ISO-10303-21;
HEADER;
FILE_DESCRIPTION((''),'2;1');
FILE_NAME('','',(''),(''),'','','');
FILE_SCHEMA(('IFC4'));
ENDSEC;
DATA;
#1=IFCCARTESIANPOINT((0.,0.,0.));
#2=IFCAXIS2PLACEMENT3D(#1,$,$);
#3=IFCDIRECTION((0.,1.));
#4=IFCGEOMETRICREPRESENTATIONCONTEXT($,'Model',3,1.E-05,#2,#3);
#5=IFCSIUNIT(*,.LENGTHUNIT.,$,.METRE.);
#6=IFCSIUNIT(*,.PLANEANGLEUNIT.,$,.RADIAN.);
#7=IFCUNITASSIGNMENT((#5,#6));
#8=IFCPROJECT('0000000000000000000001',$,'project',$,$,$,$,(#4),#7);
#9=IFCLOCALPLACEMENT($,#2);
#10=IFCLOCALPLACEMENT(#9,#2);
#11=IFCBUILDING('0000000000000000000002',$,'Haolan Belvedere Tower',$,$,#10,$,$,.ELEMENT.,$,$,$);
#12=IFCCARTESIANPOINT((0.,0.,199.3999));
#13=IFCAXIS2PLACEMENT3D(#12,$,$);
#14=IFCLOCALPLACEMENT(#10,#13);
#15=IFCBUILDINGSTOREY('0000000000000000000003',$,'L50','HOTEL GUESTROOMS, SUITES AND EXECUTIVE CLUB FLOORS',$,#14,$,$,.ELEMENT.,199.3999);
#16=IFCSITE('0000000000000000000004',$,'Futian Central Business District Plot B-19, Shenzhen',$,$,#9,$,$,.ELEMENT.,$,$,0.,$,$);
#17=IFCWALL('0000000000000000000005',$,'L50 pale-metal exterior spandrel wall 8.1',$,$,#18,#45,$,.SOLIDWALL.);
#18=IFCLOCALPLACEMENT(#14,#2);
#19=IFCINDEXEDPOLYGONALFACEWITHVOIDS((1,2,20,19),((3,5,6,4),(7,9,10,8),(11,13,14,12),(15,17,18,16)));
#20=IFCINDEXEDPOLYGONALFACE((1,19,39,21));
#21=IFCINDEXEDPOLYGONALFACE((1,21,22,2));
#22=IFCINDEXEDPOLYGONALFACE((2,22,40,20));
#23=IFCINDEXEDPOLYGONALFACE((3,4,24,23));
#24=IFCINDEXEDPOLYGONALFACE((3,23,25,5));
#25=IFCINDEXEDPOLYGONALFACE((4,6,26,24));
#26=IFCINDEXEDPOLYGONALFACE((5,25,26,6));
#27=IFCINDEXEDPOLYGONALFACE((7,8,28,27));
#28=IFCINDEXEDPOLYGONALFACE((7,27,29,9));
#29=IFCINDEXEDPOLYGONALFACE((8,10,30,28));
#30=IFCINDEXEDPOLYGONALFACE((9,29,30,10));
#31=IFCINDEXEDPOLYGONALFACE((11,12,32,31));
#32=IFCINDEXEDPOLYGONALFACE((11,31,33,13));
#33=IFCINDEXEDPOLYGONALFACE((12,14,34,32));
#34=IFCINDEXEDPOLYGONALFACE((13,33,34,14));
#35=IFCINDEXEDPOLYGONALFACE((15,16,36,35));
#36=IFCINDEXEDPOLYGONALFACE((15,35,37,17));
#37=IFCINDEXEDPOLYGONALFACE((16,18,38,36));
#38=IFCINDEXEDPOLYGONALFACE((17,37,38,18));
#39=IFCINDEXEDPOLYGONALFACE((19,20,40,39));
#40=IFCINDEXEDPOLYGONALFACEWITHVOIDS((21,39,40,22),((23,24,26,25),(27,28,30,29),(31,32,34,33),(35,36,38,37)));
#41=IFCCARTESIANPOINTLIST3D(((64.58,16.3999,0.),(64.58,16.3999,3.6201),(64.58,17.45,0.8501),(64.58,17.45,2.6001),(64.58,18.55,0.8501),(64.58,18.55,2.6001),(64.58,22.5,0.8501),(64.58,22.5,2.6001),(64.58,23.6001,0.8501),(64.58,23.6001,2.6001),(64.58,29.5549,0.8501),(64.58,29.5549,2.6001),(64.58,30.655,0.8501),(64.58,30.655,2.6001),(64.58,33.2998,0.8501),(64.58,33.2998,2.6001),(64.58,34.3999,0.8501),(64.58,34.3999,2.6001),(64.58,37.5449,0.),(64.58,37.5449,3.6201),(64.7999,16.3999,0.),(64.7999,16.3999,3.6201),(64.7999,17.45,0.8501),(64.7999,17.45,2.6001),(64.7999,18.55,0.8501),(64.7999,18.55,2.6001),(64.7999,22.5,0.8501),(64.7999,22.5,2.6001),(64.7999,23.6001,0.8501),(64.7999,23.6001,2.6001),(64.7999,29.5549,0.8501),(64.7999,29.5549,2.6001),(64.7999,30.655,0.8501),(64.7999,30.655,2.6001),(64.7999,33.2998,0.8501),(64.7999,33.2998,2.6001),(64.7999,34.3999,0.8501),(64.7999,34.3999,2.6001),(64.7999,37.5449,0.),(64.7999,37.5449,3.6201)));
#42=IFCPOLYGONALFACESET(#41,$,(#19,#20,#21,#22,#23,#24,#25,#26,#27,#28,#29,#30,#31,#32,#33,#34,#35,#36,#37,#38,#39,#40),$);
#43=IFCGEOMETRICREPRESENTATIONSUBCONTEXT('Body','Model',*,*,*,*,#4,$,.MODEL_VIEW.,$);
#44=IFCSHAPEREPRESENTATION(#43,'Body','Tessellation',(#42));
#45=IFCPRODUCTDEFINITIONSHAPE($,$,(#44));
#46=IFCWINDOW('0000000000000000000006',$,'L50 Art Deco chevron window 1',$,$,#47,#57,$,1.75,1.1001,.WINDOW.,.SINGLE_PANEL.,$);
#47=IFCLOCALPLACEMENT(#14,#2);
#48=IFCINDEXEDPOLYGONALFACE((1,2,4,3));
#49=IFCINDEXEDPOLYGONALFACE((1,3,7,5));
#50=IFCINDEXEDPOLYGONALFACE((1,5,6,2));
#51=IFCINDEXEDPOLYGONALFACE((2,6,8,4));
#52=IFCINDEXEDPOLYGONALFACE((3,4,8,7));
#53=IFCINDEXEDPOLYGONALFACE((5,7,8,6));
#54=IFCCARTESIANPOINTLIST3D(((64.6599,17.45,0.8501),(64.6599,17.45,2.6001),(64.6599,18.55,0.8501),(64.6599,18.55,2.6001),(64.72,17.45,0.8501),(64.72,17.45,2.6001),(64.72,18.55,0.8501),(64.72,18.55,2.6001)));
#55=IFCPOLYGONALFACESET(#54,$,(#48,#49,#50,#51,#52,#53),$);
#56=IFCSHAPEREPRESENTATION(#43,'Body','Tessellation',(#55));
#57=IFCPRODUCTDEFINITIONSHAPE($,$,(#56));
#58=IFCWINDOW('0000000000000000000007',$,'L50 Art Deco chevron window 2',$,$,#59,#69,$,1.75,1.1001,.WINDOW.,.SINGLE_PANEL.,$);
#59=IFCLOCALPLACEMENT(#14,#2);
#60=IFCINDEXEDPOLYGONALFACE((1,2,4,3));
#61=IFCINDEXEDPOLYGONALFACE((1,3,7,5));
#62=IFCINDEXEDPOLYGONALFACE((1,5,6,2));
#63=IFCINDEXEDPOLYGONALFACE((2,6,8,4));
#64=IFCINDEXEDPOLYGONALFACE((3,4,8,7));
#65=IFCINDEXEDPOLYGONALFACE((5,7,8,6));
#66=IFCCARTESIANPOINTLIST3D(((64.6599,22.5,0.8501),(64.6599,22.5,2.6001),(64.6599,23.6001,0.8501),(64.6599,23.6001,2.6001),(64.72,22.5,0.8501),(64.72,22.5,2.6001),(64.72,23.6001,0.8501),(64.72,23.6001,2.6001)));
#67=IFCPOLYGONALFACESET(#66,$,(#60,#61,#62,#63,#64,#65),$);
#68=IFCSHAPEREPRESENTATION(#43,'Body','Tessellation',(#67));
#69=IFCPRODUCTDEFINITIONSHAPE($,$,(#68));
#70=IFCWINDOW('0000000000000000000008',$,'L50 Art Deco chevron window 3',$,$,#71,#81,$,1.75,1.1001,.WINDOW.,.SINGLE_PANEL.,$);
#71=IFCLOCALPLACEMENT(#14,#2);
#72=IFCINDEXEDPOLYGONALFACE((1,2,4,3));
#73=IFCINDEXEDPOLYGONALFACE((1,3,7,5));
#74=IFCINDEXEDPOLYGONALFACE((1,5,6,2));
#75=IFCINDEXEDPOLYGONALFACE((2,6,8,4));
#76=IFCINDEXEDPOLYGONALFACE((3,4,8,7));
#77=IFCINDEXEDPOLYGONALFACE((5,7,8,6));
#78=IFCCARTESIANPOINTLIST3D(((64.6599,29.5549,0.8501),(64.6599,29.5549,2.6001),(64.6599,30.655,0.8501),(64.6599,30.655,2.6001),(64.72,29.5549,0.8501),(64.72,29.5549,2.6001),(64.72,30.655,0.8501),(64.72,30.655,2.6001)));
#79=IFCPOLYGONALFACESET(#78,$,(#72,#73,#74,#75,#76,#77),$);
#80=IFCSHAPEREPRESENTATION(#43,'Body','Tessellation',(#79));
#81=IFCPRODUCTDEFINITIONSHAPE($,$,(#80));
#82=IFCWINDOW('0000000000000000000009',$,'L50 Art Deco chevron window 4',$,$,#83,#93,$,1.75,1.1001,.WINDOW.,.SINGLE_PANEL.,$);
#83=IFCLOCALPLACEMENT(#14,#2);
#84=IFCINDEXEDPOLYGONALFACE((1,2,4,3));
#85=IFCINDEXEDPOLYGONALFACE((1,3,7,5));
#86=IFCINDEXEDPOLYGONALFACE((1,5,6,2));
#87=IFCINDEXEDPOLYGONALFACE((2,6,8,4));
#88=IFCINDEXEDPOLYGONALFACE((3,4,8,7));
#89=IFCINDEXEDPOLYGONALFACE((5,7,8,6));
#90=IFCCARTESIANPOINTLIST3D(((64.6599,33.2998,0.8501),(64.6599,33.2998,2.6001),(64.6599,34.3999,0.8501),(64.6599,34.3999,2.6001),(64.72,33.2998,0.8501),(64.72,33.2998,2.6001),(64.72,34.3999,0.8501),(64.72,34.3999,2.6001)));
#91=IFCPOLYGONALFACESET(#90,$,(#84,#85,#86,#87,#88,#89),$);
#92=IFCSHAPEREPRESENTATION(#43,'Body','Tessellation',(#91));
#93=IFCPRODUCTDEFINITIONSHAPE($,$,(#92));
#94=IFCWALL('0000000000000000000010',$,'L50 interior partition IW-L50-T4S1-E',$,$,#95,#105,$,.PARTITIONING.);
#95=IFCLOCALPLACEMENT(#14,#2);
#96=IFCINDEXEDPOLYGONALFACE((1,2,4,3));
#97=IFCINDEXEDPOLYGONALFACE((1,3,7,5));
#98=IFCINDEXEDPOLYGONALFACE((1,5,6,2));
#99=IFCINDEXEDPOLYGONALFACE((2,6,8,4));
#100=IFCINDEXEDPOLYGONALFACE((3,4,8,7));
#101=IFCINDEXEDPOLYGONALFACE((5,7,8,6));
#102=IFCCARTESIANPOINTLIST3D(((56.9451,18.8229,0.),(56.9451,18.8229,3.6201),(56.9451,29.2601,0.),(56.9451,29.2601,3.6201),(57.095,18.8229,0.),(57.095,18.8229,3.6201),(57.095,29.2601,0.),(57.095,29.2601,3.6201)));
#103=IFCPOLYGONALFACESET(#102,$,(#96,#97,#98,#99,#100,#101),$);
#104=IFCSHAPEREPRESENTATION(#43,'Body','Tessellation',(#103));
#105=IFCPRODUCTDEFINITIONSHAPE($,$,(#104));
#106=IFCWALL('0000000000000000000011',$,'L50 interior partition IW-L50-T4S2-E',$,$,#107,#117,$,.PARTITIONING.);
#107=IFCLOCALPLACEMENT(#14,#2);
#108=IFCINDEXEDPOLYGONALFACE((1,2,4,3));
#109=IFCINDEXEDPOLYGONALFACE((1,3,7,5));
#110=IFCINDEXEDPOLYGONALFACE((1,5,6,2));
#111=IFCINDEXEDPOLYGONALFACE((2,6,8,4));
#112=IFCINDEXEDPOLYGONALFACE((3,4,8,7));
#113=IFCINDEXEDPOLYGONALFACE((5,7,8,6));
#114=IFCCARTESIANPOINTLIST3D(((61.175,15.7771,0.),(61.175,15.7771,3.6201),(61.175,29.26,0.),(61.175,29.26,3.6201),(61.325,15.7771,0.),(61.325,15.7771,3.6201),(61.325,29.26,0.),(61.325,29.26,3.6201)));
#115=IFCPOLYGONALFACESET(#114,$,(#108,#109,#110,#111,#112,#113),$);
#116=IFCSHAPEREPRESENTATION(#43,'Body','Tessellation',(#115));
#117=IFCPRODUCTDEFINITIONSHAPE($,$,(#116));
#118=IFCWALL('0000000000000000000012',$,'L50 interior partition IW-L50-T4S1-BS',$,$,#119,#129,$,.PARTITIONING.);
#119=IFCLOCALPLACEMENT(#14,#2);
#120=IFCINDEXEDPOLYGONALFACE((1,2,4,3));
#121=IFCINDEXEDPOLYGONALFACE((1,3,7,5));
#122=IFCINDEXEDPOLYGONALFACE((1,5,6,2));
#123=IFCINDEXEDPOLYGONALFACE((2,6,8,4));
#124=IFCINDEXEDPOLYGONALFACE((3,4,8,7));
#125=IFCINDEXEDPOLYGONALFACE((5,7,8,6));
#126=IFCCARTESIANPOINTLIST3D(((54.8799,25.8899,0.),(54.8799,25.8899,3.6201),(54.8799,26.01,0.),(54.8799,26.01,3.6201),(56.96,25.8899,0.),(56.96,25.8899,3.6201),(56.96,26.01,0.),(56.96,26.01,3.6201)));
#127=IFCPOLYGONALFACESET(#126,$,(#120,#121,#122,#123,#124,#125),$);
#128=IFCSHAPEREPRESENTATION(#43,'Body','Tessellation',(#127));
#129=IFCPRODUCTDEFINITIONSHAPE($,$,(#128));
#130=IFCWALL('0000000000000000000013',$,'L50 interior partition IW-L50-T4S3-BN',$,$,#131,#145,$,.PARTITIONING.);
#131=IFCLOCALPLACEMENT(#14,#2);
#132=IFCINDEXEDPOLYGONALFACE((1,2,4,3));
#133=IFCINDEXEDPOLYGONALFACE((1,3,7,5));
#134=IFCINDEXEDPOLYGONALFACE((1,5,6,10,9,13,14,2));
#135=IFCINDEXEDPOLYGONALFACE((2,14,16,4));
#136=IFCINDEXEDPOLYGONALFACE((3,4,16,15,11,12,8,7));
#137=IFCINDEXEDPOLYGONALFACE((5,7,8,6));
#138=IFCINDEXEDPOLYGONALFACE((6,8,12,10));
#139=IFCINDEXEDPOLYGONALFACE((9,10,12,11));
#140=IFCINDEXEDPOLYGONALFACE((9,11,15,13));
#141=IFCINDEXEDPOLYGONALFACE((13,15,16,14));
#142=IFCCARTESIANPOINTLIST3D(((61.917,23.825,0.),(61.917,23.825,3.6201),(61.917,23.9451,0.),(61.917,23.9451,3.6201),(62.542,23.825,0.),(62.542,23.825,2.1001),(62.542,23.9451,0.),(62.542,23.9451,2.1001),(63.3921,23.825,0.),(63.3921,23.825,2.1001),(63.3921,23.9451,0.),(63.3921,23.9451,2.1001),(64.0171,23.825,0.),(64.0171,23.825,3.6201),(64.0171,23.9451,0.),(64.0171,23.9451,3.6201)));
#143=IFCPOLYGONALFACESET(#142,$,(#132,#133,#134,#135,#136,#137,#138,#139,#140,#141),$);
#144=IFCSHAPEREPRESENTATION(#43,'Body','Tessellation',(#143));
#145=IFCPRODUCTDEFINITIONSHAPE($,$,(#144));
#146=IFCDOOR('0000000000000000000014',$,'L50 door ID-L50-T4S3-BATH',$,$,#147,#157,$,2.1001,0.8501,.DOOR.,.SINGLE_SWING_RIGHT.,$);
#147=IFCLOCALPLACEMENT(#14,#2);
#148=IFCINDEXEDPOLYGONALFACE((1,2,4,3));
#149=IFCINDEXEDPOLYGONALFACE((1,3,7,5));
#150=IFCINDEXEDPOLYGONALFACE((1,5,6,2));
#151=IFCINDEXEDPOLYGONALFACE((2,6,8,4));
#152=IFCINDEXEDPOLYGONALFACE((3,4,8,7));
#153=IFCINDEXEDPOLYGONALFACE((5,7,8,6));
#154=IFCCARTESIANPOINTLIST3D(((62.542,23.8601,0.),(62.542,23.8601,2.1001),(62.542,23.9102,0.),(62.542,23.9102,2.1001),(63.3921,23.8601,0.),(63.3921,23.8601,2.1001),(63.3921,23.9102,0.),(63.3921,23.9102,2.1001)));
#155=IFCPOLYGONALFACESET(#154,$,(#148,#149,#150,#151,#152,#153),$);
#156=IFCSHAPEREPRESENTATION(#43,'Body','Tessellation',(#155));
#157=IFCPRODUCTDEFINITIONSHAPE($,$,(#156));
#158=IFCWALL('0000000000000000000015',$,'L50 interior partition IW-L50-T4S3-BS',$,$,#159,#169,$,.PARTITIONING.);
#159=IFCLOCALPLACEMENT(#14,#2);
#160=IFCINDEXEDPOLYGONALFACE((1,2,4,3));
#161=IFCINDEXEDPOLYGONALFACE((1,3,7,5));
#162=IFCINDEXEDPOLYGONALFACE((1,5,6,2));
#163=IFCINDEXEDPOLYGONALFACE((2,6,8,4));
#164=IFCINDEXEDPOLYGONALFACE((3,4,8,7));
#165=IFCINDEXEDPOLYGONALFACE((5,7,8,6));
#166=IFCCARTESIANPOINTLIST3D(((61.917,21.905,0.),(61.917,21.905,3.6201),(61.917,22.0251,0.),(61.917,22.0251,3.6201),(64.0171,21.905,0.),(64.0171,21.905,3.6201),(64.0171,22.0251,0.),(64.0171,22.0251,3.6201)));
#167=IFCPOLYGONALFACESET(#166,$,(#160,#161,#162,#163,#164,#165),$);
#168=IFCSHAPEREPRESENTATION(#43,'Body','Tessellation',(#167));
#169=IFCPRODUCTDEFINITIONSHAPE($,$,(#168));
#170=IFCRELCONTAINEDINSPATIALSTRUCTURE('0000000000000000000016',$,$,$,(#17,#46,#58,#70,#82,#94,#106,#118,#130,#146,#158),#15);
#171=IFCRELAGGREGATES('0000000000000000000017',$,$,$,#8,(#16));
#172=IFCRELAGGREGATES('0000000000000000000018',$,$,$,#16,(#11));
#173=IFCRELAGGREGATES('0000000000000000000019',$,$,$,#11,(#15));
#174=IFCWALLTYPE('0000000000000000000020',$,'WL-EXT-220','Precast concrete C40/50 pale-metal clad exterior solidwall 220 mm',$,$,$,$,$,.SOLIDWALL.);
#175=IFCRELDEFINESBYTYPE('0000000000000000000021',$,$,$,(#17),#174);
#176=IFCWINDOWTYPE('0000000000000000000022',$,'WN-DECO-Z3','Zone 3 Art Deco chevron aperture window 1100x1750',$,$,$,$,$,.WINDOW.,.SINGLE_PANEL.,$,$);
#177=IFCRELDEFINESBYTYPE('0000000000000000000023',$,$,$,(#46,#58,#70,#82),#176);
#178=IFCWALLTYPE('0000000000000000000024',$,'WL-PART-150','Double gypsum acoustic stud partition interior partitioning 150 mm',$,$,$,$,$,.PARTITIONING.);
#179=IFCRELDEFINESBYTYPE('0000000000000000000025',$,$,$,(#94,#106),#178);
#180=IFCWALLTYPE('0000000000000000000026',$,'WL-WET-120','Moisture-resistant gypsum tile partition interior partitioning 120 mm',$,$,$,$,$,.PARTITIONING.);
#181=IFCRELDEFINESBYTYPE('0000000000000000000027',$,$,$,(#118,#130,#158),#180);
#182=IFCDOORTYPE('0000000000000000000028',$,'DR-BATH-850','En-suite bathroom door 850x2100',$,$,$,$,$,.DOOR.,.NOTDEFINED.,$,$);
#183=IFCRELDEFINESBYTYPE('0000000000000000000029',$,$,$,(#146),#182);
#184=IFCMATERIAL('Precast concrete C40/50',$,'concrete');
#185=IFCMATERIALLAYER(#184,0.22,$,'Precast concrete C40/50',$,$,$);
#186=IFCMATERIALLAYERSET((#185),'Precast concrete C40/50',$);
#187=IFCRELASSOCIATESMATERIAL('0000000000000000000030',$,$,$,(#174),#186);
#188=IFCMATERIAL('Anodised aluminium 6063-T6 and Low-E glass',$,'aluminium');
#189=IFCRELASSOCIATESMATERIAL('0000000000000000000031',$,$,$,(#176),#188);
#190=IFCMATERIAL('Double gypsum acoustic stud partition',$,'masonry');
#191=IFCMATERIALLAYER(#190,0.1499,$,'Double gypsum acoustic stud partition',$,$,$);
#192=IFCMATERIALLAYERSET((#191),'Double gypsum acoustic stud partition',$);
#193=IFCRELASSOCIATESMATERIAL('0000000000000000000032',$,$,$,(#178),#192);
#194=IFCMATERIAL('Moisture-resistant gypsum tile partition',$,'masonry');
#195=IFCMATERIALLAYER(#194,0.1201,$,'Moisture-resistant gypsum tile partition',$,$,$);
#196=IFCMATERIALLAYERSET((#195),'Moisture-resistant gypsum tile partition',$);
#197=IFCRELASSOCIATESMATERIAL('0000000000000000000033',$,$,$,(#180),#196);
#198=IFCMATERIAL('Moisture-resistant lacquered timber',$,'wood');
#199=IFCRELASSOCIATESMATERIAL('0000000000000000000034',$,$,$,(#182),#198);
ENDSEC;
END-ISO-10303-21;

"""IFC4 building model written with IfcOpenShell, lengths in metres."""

from ifc_helpers import new_model, si_unit, direction, frame, frame_2d, origin, place, context, subcontext, project, spatial, rectangle, extrude, material, layer, layer_set, type_object, element, fill, save


model = new_model("IFC4")

# Units and contexts
model_context = context("Model", 3, precision=1e-05, world=origin(), true_north=direction((0.0, 1.0)))
body_context = subcontext(model_context, "Body", "Model", "MODEL_VIEW")
ifc_project = project(units=[si_unit("LENGTHUNIT", "METRE"), si_unit("PLANEANGLEUNIT", "RADIAN")], contexts=[model_context])

# Site, building, storey
site_placement = place(None, origin())
site = spatial("IfcSite", under=ifc_project, at=site_placement, Name="Futian Central Business District Plot B-19, Shenzhen", CompositionType="ELEMENT", RefElevation=0.0)
building_placement = place(site_placement, origin())
building = spatial("IfcBuilding", under=site, at=building_placement, Name="Haolan Belvedere Tower", CompositionType="ELEMENT")
storey_placement = place(building_placement, frame((0.0, 0.0, 199.3999)))
storey = spatial("IfcBuildingStorey", under=building, at=storey_placement, Name="L50", Description="HOTEL GUESTROOMS, SUITES AND EXECUTIVE CLUB FLOORS", CompositionType="ELEMENT", Elevation=199.3999)

# Shared definitions
ifc_material_1 = material(Name="Precast concrete C40/50", Category="concrete")
ifc_layer_1 = layer(ifc_material_1, 0.22, Name="Precast concrete C40/50")
ifc_layer_set_1 = layer_set([ifc_layer_1], Name="Precast concrete C40/50")
wall_type_1 = type_object("IfcWallType", Name="WL-EXT-220", Description="Precast concrete C40/50 pale-metal clad exterior solidwall 220 mm", PredefinedType="SOLIDWALL", material=ifc_layer_set_1)
ifc_material_2 = material(Name="Anodised aluminium 6063-T6 and Low-E glass", Category="aluminium")
window_type = type_object("IfcWindowType", Name="WN-DECO-Z3", Description="Zone 3 Art Deco chevron aperture window 1100x1750", PartitioningType="SINGLE_PANEL", PredefinedType="WINDOW", material=ifc_material_2)

# Wall, openings, windows
wall_1_placement = place(storey_placement, frame((64.6899, 16.3999, 0.0), z_axis=(0.0, 0.0, 1.0), x_axis=(0.0, 1.0, 0.0)))
wall_1 = element("IfcWall", 1, at=wall_1_placement, inside=storey, type_object=wall_type_1, Name="L50 pale-metal exterior spandrel wall 8.1", PredefinedType="SOLIDWALL", context=body_context, shape_type="SweptSolid", body=[
    extrude(rectangle(XDim=21.145, YDim=0.22, at=frame_2d((10.5725, 0.0))), origin(), (0.0, 0.0, 1.0), 3.6201),
])
opening_1_placement = place(wall_1_placement, frame((1.05, 0.0, 0.8501)))
opening_1 = element("IfcOpeningElement", 2, at=opening_1_placement, cuts=wall_1, PredefinedType="OPENING", context=body_context, shape_type="SweptSolid", body=[
    extrude(rectangle(XDim=1.1001, YDim=1.75, at=frame_2d((0.55, 0.875))), frame((0.0, 0.1199, 0.0), z_axis=(0.0, -1.0, 0.0), x_axis=(1.0, 0.0, 0.0)), (0.0, 0.0, 1.0), 0.24),
])
opening_2_placement = place(wall_1_placement, frame((6.1001, 0.0, 0.8501)))
opening_2 = element("IfcOpeningElement", 3, at=opening_2_placement, cuts=wall_1, PredefinedType="OPENING", context=body_context, shape_type="SweptSolid", body=[
    extrude(rectangle(XDim=1.1001, YDim=1.75, at=frame_2d((0.55, 0.875))), frame((0.0, 0.1199, 0.0), z_axis=(0.0, -1.0, 0.0), x_axis=(1.0, 0.0, 0.0)), (0.0, 0.0, 1.0), 0.24),
])
opening_3_placement = place(wall_1_placement, frame((13.155, 0.0, 0.8501)))
opening_3 = element("IfcOpeningElement", 4, at=opening_3_placement, cuts=wall_1, PredefinedType="OPENING", context=body_context, shape_type="SweptSolid", body=[
    extrude(rectangle(XDim=1.1001, YDim=1.75, at=frame_2d((0.55, 0.875))), frame((0.0, 0.1199, 0.0), z_axis=(0.0, -1.0, 0.0), x_axis=(1.0, 0.0, 0.0)), (0.0, 0.0, 1.0), 0.24),
])
opening_4_placement = place(wall_1_placement, frame((16.8999, 0.0, 0.8501)))
opening_4 = element("IfcOpeningElement", 5, at=opening_4_placement, cuts=wall_1, PredefinedType="OPENING", context=body_context, shape_type="SweptSolid", body=[
    extrude(rectangle(XDim=1.1001, YDim=1.75, at=frame_2d((0.55, 0.875))), frame((0.0, 0.1199, 0.0), z_axis=(0.0, -1.0, 0.0), x_axis=(1.0, 0.0, 0.0)), (0.0, 0.0, 1.0), 0.24),
])
window_1_placement = place(opening_1_placement, origin())
window_1 = element("IfcWindow", 6, at=window_1_placement, inside=storey, type_object=window_type, Name="L50 Art Deco chevron window 1", OverallHeight=1.75, OverallWidth=1.1001, PartitioningType="SINGLE_PANEL", PredefinedType="WINDOW", context=body_context, shape_type="SweptSolid", body=[
    extrude(rectangle(XDim=1.1001, YDim=1.75, at=frame_2d((0.55, 0.875))), frame((0.0, 0.03, 0.0), z_axis=(0.0, -1.0, 0.0), x_axis=(1.0, 0.0, 0.0)), (0.0, 0.0, 1.0), 0.0601),
])
fill(opening_1, window_1)
window_2_placement = place(opening_2_placement, origin())
window_2 = element("IfcWindow", 7, at=window_2_placement, inside=storey, type_object=window_type, Name="L50 Art Deco chevron window 2", OverallHeight=1.75, OverallWidth=1.1001, PartitioningType="SINGLE_PANEL", PredefinedType="WINDOW", context=body_context, shape_type="SweptSolid", body=[
    extrude(rectangle(XDim=1.1001, YDim=1.75, at=frame_2d((0.55, 0.875))), frame((0.0, 0.03, 0.0), z_axis=(0.0, -1.0, 0.0), x_axis=(1.0, 0.0, 0.0)), (0.0, 0.0, 1.0), 0.0601),
])
fill(opening_2, window_2)
window_3_placement = place(opening_3_placement, origin())
window_3 = element("IfcWindow", 8, at=window_3_placement, inside=storey, type_object=window_type, Name="L50 Art Deco chevron window 3", OverallHeight=1.75, OverallWidth=1.1001, PartitioningType="SINGLE_PANEL", PredefinedType="WINDOW", context=body_context, shape_type="SweptSolid", body=[
    extrude(rectangle(XDim=1.1001, YDim=1.75, at=frame_2d((0.55, 0.875))), frame((0.0, 0.03, 0.0), z_axis=(0.0, -1.0, 0.0), x_axis=(1.0, 0.0, 0.0)), (0.0, 0.0, 1.0), 0.0601),
])
fill(opening_3, window_3)
window_4_placement = place(opening_4_placement, origin())
window_4 = element("IfcWindow", 9, at=window_4_placement, inside=storey, type_object=window_type, Name="L50 Art Deco chevron window 4", OverallHeight=1.75, OverallWidth=1.1001, PartitioningType="SINGLE_PANEL", PredefinedType="WINDOW", context=body_context, shape_type="SweptSolid", body=[
    extrude(rectangle(XDim=1.1001, YDim=1.75, at=frame_2d((0.55, 0.875))), frame((0.0, 0.03, 0.0), z_axis=(0.0, -1.0, 0.0), x_axis=(1.0, 0.0, 0.0)), (0.0, 0.0, 1.0), 0.0601),
])
fill(opening_4, window_4)

# Walls
ifc_material_3 = material(Name="Double gypsum acoustic stud partition", Category="masonry")
ifc_layer_2 = layer(ifc_material_3, 0.1499, Name="Double gypsum acoustic stud partition")
ifc_layer_set_2 = layer_set([ifc_layer_2], Name="Double gypsum acoustic stud partition")
wall_type_2 = type_object("IfcWallType", Name="WL-PART-150", Description="Double gypsum acoustic stud partition interior partitioning 150 mm", PredefinedType="PARTITIONING", material=ifc_layer_set_2)
wall_2_placement = place(storey_placement, frame((57.02, 18.8228, 0.0), z_axis=(0.0, 0.0, 1.0), x_axis=(0.0, 1.0, 0.0)))
element("IfcWall", 10, at=wall_2_placement, inside=storey, type_object=wall_type_2, Name="L50 interior partition IW-L50-T4S1-E", PredefinedType="PARTITIONING", context=body_context, shape_type="SweptSolid", body=[
    extrude(rectangle(XDim=10.4373, YDim=0.1499, at=frame_2d((5.2188, 0.0))), origin(), (0.0, 0.0, 1.0), 3.6201),
])
wall_3_placement = place(storey_placement, frame((61.25, 15.7771, 0.0), z_axis=(0.0, 0.0, 1.0), x_axis=(0.0, 1.0, 0.0)))
element("IfcWall", 11, at=wall_3_placement, inside=storey, type_object=wall_type_2, Name="L50 interior partition IW-L50-T4S2-E", PredefinedType="PARTITIONING", context=body_context, shape_type="SweptSolid", body=[
    extrude(rectangle(XDim=13.4829, YDim=0.1499, at=frame_2d((6.7415, 0.0))), origin(), (0.0, 0.0, 1.0), 3.6201),
])
ifc_material_4 = material(Name="Moisture-resistant gypsum tile partition", Category="masonry")
ifc_layer_3 = layer(ifc_material_4, 0.1201, Name="Moisture-resistant gypsum tile partition")
ifc_layer_set_3 = layer_set([ifc_layer_3], Name="Moisture-resistant gypsum tile partition")
wall_type_3 = type_object("IfcWallType", Name="WL-WET-120", Description="Moisture-resistant gypsum tile partition interior partitioning 120 mm", PredefinedType="PARTITIONING", material=ifc_layer_set_3)
wall_4_placement = place(storey_placement, frame((54.8799, 25.95, 0.0), z_axis=(0.0, 0.0, 1.0), x_axis=(1.0, 0.0, 0.0)))
element("IfcWall", 12, at=wall_4_placement, inside=storey, type_object=wall_type_3, Name="L50 interior partition IW-L50-T4S1-BS", PredefinedType="PARTITIONING", context=body_context, shape_type="SweptSolid", body=[
    extrude(rectangle(XDim=2.0801, YDim=0.1201, at=frame_2d((1.04, 0.0))), origin(), (0.0, 0.0, 1.0), 3.6201),
])

# Wall, opening, door
wall_5_placement = place(storey_placement, frame((61.917, 23.885, 0.0), z_axis=(0.0, 0.0, 1.0), x_axis=(1.0, 0.0, 0.0)))
wall_5 = element("IfcWall", 13, at=wall_5_placement, inside=storey, type_object=wall_type_3, Name="L50 interior partition IW-L50-T4S3-BN", PredefinedType="PARTITIONING", context=body_context, shape_type="SweptSolid", body=[
    extrude(rectangle(XDim=2.1001, YDim=0.1201, at=frame_2d((1.05, 0.0))), origin(), (0.0, 0.0, 1.0), 3.6201),
])
opening_5_placement = place(wall_5_placement, frame((1.4751, 0.0, 0.0), z_axis=(0.0, 0.0, 1.0), x_axis=(-1.0, 0.0, 0.0)))
opening_5 = element("IfcOpeningElement", 14, at=opening_5_placement, cuts=wall_5, PredefinedType="OPENING", context=body_context, shape_type="SweptSolid", body=[
    extrude(rectangle(XDim=0.8501, YDim=2.1001, at=frame_2d((0.425, 1.05))), frame((0.0, 0.0701, 0.0), z_axis=(0.0, -1.0, 0.0), x_axis=(1.0, 0.0, 0.0)), (0.0, 0.0, 1.0), 0.1401),
])
ifc_material_5 = material(Name="Moisture-resistant lacquered timber", Category="wood")
door_type = type_object("IfcDoorType", Name="DR-BATH-850", Description="En-suite bathroom door 850x2100", OperationType="NOTDEFINED", PredefinedType="DOOR", material=ifc_material_5)
door_placement = place(opening_5_placement, origin())
door = element("IfcDoor", 15, at=door_placement, inside=storey, type_object=door_type, Name="L50 door ID-L50-T4S3-BATH", OperationType="SINGLE_SWING_RIGHT", OverallHeight=2.1001, OverallWidth=0.8501, PredefinedType="DOOR", context=body_context, shape_type="SweptSolid", body=[
    extrude(rectangle(XDim=0.8501, YDim=2.1001, at=frame_2d((0.425, 1.05))), frame((0.0, 0.0249, 0.0), z_axis=(0.0, -1.0, 0.0), x_axis=(1.0, 0.0, 0.0)), (0.0, 0.0, 1.0), 0.05),
])
fill(opening_5, door)

# Wall
wall_6_placement = place(storey_placement, frame((61.917, 21.9651, 0.0), z_axis=(0.0, 0.0, 1.0), x_axis=(1.0, 0.0, 0.0)))
element("IfcWall", 16, at=wall_6_placement, inside=storey, type_object=wall_type_3, Name="L50 interior partition IW-L50-T4S3-BS", PredefinedType="PARTITIONING", context=body_context, shape_type="SweptSolid", body=[
    extrude(rectangle(XDim=2.1001, YDim=0.1201, at=frame_2d((1.05, 0.0))), origin(), (0.0, 0.0, 1.0), 3.6201),
])

save(model, "model.ifc")
